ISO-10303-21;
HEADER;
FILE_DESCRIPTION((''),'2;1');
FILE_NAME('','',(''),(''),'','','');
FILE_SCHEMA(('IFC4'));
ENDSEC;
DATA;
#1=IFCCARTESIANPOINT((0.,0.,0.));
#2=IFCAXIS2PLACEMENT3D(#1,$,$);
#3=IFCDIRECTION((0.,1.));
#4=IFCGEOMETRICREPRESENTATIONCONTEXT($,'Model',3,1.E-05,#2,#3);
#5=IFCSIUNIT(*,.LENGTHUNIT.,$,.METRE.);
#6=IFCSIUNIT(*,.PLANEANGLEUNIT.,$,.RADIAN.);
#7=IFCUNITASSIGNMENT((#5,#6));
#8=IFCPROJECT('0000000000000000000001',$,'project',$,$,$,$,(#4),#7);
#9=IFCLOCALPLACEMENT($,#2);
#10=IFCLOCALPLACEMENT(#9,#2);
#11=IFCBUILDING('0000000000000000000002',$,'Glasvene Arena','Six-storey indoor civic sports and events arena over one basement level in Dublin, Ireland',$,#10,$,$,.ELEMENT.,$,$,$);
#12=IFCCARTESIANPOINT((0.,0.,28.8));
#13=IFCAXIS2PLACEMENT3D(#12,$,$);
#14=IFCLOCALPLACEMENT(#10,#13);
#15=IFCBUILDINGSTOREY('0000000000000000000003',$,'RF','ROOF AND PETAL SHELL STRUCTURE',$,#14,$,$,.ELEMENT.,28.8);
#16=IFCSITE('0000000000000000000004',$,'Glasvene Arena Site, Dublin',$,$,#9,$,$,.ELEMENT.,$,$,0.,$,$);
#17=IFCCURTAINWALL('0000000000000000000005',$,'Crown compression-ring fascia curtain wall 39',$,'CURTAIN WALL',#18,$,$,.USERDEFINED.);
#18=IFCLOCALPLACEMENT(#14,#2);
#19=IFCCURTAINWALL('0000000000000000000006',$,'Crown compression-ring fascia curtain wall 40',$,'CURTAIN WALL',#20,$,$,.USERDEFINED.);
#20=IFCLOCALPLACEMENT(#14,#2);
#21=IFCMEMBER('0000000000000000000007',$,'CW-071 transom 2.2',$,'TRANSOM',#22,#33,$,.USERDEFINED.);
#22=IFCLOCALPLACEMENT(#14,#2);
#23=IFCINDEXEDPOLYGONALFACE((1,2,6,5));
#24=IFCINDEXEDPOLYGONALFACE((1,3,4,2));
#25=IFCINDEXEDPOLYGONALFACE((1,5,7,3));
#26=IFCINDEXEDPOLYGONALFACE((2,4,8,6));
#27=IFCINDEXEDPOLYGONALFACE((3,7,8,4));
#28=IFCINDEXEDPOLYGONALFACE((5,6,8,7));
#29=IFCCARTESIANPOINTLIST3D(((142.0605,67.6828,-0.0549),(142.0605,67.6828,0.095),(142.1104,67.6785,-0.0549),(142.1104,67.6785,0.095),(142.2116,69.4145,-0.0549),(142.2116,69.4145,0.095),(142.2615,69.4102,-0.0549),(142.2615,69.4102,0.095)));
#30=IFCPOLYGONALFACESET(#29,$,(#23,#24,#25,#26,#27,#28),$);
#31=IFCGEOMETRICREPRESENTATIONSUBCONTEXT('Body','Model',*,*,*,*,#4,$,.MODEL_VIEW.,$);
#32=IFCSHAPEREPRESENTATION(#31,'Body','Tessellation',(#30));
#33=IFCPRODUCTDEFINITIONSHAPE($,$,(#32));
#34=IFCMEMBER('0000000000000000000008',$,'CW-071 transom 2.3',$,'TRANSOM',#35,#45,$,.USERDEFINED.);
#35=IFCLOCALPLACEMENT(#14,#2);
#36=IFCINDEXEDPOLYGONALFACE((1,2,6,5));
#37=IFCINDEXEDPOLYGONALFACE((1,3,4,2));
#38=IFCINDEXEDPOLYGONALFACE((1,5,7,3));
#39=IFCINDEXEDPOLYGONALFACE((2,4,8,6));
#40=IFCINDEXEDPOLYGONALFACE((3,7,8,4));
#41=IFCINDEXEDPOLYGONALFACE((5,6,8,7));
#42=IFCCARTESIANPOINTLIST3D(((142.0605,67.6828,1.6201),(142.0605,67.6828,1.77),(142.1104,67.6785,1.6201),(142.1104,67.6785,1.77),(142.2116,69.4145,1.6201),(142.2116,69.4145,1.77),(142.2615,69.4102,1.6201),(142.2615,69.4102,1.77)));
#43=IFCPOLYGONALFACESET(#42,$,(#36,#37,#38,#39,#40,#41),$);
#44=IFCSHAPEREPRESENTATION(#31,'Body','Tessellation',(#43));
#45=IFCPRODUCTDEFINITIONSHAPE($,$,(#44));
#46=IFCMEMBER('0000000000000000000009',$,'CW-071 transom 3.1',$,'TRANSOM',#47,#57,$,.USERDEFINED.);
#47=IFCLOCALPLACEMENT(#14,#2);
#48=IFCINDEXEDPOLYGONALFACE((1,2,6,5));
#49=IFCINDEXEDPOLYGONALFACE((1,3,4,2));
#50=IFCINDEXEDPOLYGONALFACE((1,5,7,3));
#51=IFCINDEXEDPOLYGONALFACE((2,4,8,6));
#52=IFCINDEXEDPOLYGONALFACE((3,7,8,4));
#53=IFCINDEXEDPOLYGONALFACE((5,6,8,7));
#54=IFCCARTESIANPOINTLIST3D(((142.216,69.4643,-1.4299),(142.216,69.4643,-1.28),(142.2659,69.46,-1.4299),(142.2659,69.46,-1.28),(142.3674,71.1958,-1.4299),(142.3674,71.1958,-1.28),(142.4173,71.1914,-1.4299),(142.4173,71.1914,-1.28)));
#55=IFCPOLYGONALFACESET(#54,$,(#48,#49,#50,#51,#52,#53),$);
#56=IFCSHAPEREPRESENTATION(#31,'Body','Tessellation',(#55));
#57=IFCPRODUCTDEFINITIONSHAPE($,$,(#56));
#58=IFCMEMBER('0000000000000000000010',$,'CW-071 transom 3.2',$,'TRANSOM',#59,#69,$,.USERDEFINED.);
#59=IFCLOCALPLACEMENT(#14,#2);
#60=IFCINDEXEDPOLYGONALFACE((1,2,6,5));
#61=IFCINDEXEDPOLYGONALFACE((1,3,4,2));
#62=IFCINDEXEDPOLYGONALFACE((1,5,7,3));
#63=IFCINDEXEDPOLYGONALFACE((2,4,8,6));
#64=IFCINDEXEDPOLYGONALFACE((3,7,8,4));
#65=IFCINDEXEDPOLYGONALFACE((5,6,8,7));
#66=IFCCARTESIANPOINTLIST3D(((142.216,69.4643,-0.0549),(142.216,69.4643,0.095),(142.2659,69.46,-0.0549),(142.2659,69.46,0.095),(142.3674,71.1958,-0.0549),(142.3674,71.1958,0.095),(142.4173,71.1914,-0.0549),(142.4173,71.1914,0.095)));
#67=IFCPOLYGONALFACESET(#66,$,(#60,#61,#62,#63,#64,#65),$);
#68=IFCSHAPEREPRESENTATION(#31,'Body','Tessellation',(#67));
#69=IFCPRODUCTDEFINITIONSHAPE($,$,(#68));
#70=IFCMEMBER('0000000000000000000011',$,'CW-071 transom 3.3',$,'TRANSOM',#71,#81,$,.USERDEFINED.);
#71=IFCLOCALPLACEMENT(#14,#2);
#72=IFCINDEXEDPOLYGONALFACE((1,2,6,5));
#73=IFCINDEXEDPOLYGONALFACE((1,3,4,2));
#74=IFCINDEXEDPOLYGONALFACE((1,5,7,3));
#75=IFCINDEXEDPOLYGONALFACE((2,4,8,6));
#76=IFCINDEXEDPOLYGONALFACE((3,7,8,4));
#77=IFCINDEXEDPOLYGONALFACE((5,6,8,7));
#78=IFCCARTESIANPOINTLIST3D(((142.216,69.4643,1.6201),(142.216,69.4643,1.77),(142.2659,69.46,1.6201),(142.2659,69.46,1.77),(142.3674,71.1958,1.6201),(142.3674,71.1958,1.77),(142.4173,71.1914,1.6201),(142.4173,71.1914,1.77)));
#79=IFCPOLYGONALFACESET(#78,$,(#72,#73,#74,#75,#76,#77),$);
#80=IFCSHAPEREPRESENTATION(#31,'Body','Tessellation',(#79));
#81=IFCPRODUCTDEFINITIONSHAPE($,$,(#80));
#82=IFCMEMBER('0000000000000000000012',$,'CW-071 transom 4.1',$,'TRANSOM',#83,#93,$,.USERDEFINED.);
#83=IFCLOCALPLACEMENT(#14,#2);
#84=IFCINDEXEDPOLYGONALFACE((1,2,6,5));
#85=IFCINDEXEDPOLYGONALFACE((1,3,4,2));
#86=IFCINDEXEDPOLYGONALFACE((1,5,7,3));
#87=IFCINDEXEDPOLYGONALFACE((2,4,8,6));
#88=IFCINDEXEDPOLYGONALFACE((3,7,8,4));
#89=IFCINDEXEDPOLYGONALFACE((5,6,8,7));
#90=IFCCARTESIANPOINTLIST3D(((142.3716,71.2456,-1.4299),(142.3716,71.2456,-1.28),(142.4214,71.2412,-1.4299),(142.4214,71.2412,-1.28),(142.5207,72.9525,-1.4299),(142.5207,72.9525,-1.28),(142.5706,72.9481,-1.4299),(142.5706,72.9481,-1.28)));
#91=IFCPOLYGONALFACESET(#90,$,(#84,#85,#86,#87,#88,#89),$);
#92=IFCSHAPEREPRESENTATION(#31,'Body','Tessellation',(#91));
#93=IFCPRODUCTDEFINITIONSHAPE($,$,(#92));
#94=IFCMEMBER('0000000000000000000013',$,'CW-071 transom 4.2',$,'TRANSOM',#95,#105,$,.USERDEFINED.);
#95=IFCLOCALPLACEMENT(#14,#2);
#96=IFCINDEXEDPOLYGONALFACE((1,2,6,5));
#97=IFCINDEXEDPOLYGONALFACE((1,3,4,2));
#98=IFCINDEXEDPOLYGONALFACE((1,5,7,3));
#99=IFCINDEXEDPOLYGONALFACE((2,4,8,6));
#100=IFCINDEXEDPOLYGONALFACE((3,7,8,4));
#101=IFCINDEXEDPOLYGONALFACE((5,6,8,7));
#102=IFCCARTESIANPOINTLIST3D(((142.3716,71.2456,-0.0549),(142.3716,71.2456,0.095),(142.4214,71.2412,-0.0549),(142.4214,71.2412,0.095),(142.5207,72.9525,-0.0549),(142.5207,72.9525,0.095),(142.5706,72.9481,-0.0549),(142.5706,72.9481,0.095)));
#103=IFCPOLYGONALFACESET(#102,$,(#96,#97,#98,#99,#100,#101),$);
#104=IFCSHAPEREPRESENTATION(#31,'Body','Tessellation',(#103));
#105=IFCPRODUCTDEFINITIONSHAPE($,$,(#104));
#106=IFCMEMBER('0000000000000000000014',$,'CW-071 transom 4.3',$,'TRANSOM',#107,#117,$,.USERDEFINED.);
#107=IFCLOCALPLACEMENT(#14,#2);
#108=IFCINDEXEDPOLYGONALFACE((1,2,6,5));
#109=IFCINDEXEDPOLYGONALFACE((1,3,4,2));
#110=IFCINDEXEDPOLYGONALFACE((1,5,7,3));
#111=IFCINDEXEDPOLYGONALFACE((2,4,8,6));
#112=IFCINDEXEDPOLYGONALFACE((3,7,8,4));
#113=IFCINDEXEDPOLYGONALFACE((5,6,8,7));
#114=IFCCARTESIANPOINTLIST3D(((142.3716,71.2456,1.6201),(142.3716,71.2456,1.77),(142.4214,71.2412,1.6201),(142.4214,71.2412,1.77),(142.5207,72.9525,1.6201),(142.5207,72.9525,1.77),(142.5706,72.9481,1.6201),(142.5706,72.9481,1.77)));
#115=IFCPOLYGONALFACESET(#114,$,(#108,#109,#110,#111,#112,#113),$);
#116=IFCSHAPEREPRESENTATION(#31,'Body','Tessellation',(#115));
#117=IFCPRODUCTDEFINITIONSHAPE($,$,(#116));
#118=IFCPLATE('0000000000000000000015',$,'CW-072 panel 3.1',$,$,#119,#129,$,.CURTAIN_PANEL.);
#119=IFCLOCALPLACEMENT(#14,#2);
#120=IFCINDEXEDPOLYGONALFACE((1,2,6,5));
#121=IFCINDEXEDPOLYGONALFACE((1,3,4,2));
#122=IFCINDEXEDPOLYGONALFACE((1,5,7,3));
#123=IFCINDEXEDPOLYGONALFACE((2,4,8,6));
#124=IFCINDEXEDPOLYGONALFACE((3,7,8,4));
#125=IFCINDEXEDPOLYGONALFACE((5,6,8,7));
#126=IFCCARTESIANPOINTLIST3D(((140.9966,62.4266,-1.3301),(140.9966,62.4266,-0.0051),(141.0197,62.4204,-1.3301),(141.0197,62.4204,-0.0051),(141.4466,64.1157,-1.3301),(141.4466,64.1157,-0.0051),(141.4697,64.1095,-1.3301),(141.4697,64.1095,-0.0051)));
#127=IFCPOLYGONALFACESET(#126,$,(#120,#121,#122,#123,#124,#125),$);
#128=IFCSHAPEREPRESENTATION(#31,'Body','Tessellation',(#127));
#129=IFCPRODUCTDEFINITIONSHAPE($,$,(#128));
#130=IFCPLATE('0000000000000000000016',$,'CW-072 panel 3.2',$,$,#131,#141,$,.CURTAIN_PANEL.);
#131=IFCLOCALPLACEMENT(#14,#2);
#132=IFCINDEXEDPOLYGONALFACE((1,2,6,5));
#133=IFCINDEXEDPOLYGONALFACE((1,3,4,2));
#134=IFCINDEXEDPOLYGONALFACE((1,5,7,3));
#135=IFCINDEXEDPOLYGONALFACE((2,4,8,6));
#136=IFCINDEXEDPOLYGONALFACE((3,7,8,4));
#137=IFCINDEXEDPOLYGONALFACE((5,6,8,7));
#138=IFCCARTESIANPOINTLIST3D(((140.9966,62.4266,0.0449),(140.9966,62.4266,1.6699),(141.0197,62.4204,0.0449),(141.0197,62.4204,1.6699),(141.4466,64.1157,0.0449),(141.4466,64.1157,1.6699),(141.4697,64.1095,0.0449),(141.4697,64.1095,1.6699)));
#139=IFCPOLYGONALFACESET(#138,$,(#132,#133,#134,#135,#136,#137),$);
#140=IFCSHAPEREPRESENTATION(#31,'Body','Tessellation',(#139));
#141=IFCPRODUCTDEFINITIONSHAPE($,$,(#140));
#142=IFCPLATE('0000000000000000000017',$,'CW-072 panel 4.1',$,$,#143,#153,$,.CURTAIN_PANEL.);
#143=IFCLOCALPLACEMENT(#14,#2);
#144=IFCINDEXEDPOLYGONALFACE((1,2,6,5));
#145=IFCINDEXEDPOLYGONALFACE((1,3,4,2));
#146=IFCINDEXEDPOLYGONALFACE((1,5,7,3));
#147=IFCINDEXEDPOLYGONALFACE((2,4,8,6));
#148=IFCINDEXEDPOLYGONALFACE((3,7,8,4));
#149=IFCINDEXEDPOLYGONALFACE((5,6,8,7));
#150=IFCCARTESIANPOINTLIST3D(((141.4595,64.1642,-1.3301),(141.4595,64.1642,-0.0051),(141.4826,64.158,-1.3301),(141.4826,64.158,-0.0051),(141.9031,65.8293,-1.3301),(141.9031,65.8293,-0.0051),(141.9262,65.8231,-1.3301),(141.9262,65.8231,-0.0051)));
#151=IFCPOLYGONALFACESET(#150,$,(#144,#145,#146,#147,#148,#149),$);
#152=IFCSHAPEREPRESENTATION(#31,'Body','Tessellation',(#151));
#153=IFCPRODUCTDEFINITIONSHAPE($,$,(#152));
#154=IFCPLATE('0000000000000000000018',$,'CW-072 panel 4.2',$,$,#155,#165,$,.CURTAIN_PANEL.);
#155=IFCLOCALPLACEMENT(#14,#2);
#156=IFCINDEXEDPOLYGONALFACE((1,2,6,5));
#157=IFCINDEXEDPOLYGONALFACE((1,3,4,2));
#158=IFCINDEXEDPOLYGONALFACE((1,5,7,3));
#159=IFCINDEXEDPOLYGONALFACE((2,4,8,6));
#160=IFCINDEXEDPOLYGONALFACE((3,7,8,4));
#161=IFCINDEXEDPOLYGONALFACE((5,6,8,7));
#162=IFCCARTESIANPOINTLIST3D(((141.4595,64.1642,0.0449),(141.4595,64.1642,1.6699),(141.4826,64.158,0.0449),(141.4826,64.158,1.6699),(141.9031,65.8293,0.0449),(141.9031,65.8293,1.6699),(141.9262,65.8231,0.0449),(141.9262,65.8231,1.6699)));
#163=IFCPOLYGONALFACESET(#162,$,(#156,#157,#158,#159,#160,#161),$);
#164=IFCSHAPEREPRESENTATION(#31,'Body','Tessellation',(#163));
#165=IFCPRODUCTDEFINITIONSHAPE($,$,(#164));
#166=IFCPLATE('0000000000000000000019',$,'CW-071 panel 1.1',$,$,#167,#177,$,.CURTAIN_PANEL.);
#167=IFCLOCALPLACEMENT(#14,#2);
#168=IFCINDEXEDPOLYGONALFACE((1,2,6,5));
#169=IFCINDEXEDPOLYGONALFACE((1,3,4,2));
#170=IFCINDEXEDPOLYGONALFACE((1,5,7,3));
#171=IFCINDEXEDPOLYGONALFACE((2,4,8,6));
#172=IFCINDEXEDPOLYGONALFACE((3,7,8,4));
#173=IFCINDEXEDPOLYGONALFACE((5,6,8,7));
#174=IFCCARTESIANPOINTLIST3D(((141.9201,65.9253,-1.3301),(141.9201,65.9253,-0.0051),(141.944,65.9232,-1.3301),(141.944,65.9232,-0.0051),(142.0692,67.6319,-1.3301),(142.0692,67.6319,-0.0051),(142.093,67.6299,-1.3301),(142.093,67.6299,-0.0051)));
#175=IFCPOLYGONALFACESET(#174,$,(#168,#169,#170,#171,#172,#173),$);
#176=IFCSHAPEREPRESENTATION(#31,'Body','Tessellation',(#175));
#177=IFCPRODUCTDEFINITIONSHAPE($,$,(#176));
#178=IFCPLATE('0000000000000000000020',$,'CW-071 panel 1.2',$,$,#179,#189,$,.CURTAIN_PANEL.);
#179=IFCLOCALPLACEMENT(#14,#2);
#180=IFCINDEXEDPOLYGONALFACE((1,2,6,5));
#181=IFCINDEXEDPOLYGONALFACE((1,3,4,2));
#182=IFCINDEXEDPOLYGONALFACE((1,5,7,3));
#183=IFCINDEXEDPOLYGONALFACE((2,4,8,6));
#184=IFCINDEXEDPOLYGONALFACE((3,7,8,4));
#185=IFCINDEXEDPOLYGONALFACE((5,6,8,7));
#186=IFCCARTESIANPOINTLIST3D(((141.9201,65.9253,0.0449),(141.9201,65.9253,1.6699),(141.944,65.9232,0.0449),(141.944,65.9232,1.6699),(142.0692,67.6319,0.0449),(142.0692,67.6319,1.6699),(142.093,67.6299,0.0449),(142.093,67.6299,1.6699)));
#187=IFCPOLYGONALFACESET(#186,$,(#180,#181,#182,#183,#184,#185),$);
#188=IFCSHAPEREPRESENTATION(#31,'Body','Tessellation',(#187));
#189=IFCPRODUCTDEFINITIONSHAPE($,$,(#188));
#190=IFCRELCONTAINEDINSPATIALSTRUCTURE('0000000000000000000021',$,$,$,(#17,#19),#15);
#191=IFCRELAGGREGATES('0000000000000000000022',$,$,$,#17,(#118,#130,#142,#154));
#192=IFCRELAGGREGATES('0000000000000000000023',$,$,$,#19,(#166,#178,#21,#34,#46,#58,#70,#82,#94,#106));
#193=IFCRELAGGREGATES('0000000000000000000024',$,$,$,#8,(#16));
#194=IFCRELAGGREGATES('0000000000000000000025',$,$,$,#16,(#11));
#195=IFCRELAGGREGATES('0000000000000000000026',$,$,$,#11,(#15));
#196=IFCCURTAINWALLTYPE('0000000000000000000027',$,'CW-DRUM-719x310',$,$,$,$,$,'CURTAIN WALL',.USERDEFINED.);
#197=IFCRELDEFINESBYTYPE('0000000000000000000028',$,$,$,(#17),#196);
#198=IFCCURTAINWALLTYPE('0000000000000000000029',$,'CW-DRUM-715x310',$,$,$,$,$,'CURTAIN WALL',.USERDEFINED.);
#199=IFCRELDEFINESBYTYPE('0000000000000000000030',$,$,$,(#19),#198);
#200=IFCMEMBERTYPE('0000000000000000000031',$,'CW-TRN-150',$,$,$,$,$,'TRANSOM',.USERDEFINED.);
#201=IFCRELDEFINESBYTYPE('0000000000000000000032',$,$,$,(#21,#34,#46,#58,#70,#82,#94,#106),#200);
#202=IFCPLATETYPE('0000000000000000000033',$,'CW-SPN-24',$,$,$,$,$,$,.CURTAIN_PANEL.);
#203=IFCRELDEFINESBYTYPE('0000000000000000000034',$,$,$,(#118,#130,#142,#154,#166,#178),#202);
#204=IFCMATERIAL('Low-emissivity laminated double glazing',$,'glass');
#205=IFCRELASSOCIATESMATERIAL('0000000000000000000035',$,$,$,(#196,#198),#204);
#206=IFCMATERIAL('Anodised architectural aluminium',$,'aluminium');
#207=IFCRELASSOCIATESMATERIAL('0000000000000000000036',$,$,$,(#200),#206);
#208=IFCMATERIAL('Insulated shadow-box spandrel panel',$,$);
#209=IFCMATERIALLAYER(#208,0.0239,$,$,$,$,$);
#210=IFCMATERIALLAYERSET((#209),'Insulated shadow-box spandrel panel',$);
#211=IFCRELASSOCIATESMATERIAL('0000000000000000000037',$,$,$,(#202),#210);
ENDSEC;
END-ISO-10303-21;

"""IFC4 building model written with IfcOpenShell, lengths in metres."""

from ifc_helpers import new_model, si_unit, direction, frame, origin, origin_2d, place, context, subcontext, project, spatial, rectangle, extrude, material, layer, layer_set, material_profile, profile_set, type_object, element, aggregate, save


model = new_model("IFC4")

# Units and contexts
model_context = context("Model", 3, precision=1e-05, world=origin(), true_north=direction((0.0, 1.0)))
body_context = subcontext(model_context, "Body", "Model", "MODEL_VIEW")
ifc_project = project(units=[si_unit("LENGTHUNIT", "METRE"), si_unit("PLANEANGLEUNIT", "RADIAN")], contexts=[model_context])

# Site, building, storey
site_placement = place(None, origin())
site = spatial("IfcSite", under=ifc_project, at=site_placement, Name="Glasvene Arena Site, Dublin", CompositionType="ELEMENT", RefElevation=0.0)
building_placement = place(site_placement, origin())
building = spatial("IfcBuilding", under=site, at=building_placement, Name="Glasvene Arena", Description="Six-storey indoor civic sports and events arena over one basement level in Dublin, Ireland", CompositionType="ELEMENT")
storey_placement = place(building_placement, frame((0.0, 0.0, 28.8)))
storey = spatial("IfcBuildingStorey", under=building, at=storey_placement, Name="RF", Description="ROOF AND PETAL SHELL STRUCTURE", CompositionType="ELEMENT", Elevation=28.8)

# Curtain walls
ifc_material_1 = material(Name="Low-emissivity laminated double glazing", Category="glass")
curtain_wall_type_1 = type_object("IfcCurtainWallType", Name="CW-DRUM-719x310", ElementType="CURTAIN WALL", PredefinedType="USERDEFINED", material=ifc_material_1)
curtain_wall_1_placement = place(storey_placement, frame((140.0759, 58.9243, 0.0)))
curtain_wall_1 = element("IfcCurtainWall", 1, at=curtain_wall_1_placement, inside=storey, type_object=curtain_wall_type_1, Name="Crown compression-ring fascia curtain wall 39", ObjectType="CURTAIN WALL", PredefinedType="USERDEFINED")
ifc_material_2 = material(Name="Anodised architectural aluminium", Category="aluminium")
curtain_wall_type_2 = type_object("IfcCurtainWallType", Name="CW-DRUM-715x310", ElementType="CURTAIN WALL", PredefinedType="USERDEFINED", material=ifc_material_1)
curtain_wall_2_placement = place(storey_placement, frame((141.9275, 65.8745, 0.0)))
curtain_wall_2 = element("IfcCurtainWall", 2, at=curtain_wall_2_placement, inside=storey, type_object=curtain_wall_type_2, Name="Crown compression-ring fascia curtain wall 40", ObjectType="CURTAIN WALL", PredefinedType="USERDEFINED")

# Members
ifc_material_profile_1 = material_profile(ifc_material_2, rectangle(XDim=0.05, YDim=0.1499, at=origin_2d()), Name="ALU TRANSOM 50x150")
ifc_profile_set_1 = profile_set([ifc_material_profile_1], Name="Anodised architectural aluminium")
member_type_1 = type_object("IfcMemberType", Name="CW-TRN-150", ElementType="TRANSOM", PredefinedType="USERDEFINED", material=ifc_profile_set_1)
member_1_placement = place(storey_placement, frame((142.0854, 67.6807, 0.02), z_axis=(0.086939, 0.996214, 0.0), x_axis=(-0.996214, 0.086939, 0.0)))
member_1 = element("IfcMember", 3, at=member_1_placement, type_object=member_type_1, Name="CW-071 transom 2.2", ObjectType="TRANSOM", PredefinedType="USERDEFINED", context=body_context, shape_type="SweptSolid", body=[
    extrude(rectangle(XDim=0.05, YDim=0.1499, at=origin_2d()), origin(), (0.0, 0.0, 1.0), 1.7383),
])
member_2_placement = place(storey_placement, frame((142.0854, 67.6807, 1.6951), z_axis=(0.086939, 0.996214, 0.0), x_axis=(-0.996214, 0.086939, 0.0)))
member_2 = element("IfcMember", 4, at=member_2_placement, type_object=member_type_1, Name="CW-071 transom 2.3", ObjectType="TRANSOM", PredefinedType="USERDEFINED", context=body_context, shape_type="SweptSolid", body=[
    extrude(rectangle(XDim=0.05, YDim=0.1499, at=origin_2d()), origin(), (0.0, 0.0, 1.0), 1.7383),
])
member_3_placement = place(storey_placement, frame((142.241, 69.4622, -1.355), z_axis=(0.08709, 0.9962, 0.0), x_axis=(-0.9962, 0.08709, 0.0)))
member_3 = element("IfcMember", 5, at=member_3_placement, type_object=member_type_1, Name="CW-071 transom 3.1", ObjectType="TRANSOM", PredefinedType="USERDEFINED", context=body_context, shape_type="SweptSolid", body=[
    extrude(rectangle(XDim=0.05, YDim=0.1499, at=origin_2d()), origin(), (0.0, 0.0, 1.0), 1.738),
])
member_4_placement = place(storey_placement, frame((142.241, 69.4622, 0.02), z_axis=(0.08709, 0.9962, 0.0), x_axis=(-0.9962, 0.08709, 0.0)))
member_4 = element("IfcMember", 6, at=member_4_placement, type_object=member_type_1, Name="CW-071 transom 3.2", ObjectType="TRANSOM", PredefinedType="USERDEFINED", context=body_context, shape_type="SweptSolid", body=[
    extrude(rectangle(XDim=0.05, YDim=0.1499, at=origin_2d()), origin(), (0.0, 0.0, 1.0), 1.738),
])
member_5_placement = place(storey_placement, frame((142.241, 69.4622, 1.6951), z_axis=(0.08709, 0.9962, 0.0), x_axis=(-0.9962, 0.08709, 0.0)))
member_5 = element("IfcMember", 7, at=member_5_placement, type_object=member_type_1, Name="CW-071 transom 3.3", ObjectType="TRANSOM", PredefinedType="USERDEFINED", context=body_context, shape_type="SweptSolid", body=[
    extrude(rectangle(XDim=0.05, YDim=0.1499, at=origin_2d()), origin(), (0.0, 0.0, 1.0), 1.738),
])
member_6_placement = place(storey_placement, frame((142.3965, 71.2434, -1.355), z_axis=(0.087066, 0.996203, 0.0), x_axis=(-0.996203, 0.087066, 0.0)))
member_6 = element("IfcMember", 8, at=member_6_placement, type_object=member_type_1, Name="CW-071 transom 4.1", ObjectType="TRANSOM", PredefinedType="USERDEFINED", context=body_context, shape_type="SweptSolid", body=[
    extrude(rectangle(XDim=0.05, YDim=0.1499, at=origin_2d()), origin(), (0.0, 0.0, 1.0), 1.7134),
])
member_7_placement = place(storey_placement, frame((142.3965, 71.2434, 0.02), z_axis=(0.087066, 0.996203, 0.0), x_axis=(-0.996203, 0.087066, 0.0)))
member_7 = element("IfcMember", 9, at=member_7_placement, type_object=member_type_1, Name="CW-071 transom 4.2", ObjectType="TRANSOM", PredefinedType="USERDEFINED", context=body_context, shape_type="SweptSolid", body=[
    extrude(rectangle(XDim=0.05, YDim=0.1499, at=origin_2d()), origin(), (0.0, 0.0, 1.0), 1.7134),
])
member_8_placement = place(storey_placement, frame((142.3965, 71.2434, 1.6951), z_axis=(0.087066, 0.996203, 0.0), x_axis=(-0.996203, 0.087066, 0.0)))
member_8 = element("IfcMember", 10, at=member_8_placement, type_object=member_type_1, Name="CW-071 transom 4.3", ObjectType="TRANSOM", PredefinedType="USERDEFINED", context=body_context, shape_type="SweptSolid", body=[
    extrude(rectangle(XDim=0.05, YDim=0.1499, at=origin_2d()), origin(), (0.0, 0.0, 1.0), 1.7134),
])

# Plates
ifc_material_3 = material(Name="Insulated shadow-box spandrel panel")
ifc_layer_1 = layer(ifc_material_3, 0.0239)
ifc_layer_set_1 = layer_set([ifc_layer_1], Name="Insulated shadow-box spandrel panel")
plate_type_1 = type_object("IfcPlateType", Name="CW-SPN-24", PredefinedType="CURTAIN_PANEL", material=ifc_layer_set_1)
plate_1_placement = place(storey_placement, frame((141.2332, 63.2681, -1.3301), z_axis=(0.0, 0.0, 1.0), x_axis=(0.257447, 0.966292, 0.0)))
plate_1 = element("IfcPlate", 11, at=plate_1_placement, type_object=plate_type_1, Name="CW-072 panel 3.1", PredefinedType="CURTAIN_PANEL", context=body_context, shape_type="SweptSolid", body=[
    extrude(rectangle(XDim=1.748, YDim=0.0239, at=origin_2d()), origin(), (0.0, 0.0, 1.0), 1.325),
])
plate_2_placement = place(storey_placement, frame((141.2332, 63.2681, 0.0449), z_axis=(0.0, 0.0, 1.0), x_axis=(0.257447, 0.966292, 0.0)))
plate_2 = element("IfcPlate", 12, at=plate_2_placement, type_object=plate_type_1, Name="CW-072 panel 3.2", PredefinedType="CURTAIN_PANEL", context=body_context, shape_type="SweptSolid", body=[
    extrude(rectangle(XDim=1.748, YDim=0.0239, at=origin_2d()), origin(), (0.0, 0.0, 1.0), 1.625),
])
plate_3_placement = place(storey_placement, frame((141.6929, 64.9937, -1.3301), z_axis=(0.0, 0.0, 1.0), x_axis=(0.257447, 0.966292, 0.0)))
plate_3 = element("IfcPlate", 13, at=plate_3_placement, type_object=plate_type_1, Name="CW-072 panel 4.1", PredefinedType="CURTAIN_PANEL", context=body_context, shape_type="SweptSolid", body=[
    extrude(rectangle(XDim=1.7231, YDim=0.0239, at=origin_2d()), origin(), (0.0, 0.0, 1.0), 1.325),
])
plate_4_placement = place(storey_placement, frame((141.6929, 64.9937, 0.0449), z_axis=(0.0, 0.0, 1.0), x_axis=(0.257447, 0.966292, 0.0)))
plate_4 = element("IfcPlate", 14, at=plate_4_placement, type_object=plate_type_1, Name="CW-072 panel 4.2", PredefinedType="CURTAIN_PANEL", context=body_context, shape_type="SweptSolid", body=[
    extrude(rectangle(XDim=1.7231, YDim=0.0239, at=origin_2d()), origin(), (0.0, 0.0, 1.0), 1.625),
])
aggregate(curtain_wall_1, [plate_1, plate_2, plate_3, plate_4])
plate_5_placement = place(storey_placement, frame((142.0066, 66.7776, -1.3301), z_axis=(0.0, 0.0, 1.0), x_axis=(0.087016, 0.996207, 0.0)))
plate_5 = element("IfcPlate", 15, at=plate_5_placement, type_object=plate_type_1, Name="CW-071 panel 1.1", PredefinedType="CURTAIN_PANEL", context=body_context, shape_type="SweptSolid", body=[
    extrude(rectangle(XDim=1.7131, YDim=0.0239, at=origin_2d()), origin(), (0.0, 0.0, 1.0), 1.325),
])
plate_6_placement = place(storey_placement, frame((142.0066, 66.7776, 0.0449), z_axis=(0.0, 0.0, 1.0), x_axis=(0.087016, 0.996207, 0.0)))
plate_6 = element("IfcPlate", 16, at=plate_6_placement, type_object=plate_type_1, Name="CW-071 panel 1.2", PredefinedType="CURTAIN_PANEL", context=body_context, shape_type="SweptSolid", body=[
    extrude(rectangle(XDim=1.7131, YDim=0.0239, at=origin_2d()), origin(), (0.0, 0.0, 1.0), 1.625),
])
aggregate(curtain_wall_2, [plate_5, plate_6, member_1, member_2, member_3, member_4, member_5, member_6, member_7, member_8])

save(model, "model.ifc")
